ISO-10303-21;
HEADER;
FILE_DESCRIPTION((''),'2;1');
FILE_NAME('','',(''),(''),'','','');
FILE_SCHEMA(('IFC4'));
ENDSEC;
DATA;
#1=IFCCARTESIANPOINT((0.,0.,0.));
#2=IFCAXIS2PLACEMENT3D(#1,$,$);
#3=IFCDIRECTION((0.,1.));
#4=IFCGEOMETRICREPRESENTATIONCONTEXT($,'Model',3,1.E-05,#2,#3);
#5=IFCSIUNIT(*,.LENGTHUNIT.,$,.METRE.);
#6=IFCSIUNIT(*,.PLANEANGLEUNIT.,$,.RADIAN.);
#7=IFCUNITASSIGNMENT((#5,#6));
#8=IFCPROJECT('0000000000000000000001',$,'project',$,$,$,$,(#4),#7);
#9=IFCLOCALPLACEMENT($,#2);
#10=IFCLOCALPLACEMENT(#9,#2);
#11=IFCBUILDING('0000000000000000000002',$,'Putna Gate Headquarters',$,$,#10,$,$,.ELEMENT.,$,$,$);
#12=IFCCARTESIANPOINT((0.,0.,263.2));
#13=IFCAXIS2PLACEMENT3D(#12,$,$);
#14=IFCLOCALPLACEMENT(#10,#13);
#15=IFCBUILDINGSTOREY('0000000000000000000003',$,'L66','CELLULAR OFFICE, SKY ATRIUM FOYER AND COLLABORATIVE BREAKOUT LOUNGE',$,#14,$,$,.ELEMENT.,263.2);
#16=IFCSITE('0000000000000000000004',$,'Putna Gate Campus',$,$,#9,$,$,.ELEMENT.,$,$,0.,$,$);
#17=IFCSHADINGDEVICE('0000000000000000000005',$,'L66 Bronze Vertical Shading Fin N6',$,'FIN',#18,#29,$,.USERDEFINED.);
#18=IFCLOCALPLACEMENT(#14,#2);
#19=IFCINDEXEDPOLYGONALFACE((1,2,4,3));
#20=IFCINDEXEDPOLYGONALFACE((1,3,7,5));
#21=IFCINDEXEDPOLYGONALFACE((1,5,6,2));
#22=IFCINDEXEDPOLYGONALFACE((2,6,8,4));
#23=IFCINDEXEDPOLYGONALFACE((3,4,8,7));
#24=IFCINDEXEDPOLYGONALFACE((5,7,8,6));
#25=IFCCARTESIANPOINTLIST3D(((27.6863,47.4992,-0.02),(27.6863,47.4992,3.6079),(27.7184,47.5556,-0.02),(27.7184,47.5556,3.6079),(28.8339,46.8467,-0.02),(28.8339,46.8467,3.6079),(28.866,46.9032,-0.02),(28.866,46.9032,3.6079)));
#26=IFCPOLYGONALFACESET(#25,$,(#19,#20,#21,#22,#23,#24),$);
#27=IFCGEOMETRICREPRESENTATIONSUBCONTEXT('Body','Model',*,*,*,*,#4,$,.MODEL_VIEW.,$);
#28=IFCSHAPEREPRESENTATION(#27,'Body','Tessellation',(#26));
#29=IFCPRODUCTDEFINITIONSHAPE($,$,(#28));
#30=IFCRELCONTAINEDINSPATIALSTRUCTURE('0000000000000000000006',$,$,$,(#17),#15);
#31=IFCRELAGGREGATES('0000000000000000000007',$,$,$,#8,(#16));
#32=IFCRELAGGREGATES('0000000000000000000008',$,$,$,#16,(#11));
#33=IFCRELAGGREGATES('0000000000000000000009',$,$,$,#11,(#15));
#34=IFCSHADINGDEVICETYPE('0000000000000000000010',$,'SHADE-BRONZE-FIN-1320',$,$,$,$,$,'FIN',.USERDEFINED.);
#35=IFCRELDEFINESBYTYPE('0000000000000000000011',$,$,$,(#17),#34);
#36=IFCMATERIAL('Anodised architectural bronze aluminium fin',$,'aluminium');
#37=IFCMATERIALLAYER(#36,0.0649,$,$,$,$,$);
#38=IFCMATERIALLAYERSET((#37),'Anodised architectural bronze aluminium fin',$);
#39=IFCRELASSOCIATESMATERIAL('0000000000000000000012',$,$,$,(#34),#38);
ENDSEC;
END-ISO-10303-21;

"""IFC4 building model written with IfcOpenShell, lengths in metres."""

from ifc_helpers import new_model, si_unit, direction, frame, origin, origin_2d, place, context, subcontext, project, spatial, rectangle, extrude, material, layer, layer_set, type_object, element, save


model = new_model("IFC4")

# Units and contexts
model_context = context("Model", 3, precision=1e-05, world=origin(), true_north=direction((0.0, 1.0)))
body_context = subcontext(model_context, "Body", "Model", "MODEL_VIEW")
ifc_project = project(units=[si_unit("LENGTHUNIT", "METRE"), si_unit("PLANEANGLEUNIT", "RADIAN")], contexts=[model_context])

# Site, building, storey
site_placement = place(None, origin())
site = spatial("IfcSite", under=ifc_project, at=site_placement, Name="Putna Gate Campus", CompositionType="ELEMENT", RefElevation=0.0)
building_placement = place(site_placement, origin())
building = spatial("IfcBuilding", under=site, at=building_placement, Name="Putna Gate Headquarters", CompositionType="ELEMENT")
storey_placement = place(building_placement, frame((0.0, 0.0, 263.2)))
storey = spatial("IfcBuildingStorey", under=building, at=storey_placement, Name="L66", Description="CELLULAR OFFICE, SKY ATRIUM FOYER AND COLLABORATIVE BREAKOUT LOUNGE", CompositionType="ELEMENT", Elevation=263.2)

# Shading device
ifc_material_1 = material(Name="Anodised architectural bronze aluminium fin", Category="aluminium")
ifc_layer_1 = layer(ifc_material_1, 0.0649)
ifc_layer_set_1 = layer_set([ifc_layer_1], Name="Anodised architectural bronze aluminium fin")
shading_device_type = type_object("IfcShadingDeviceType", Name="SHADE-BRONZE-FIN-1320", ElementType="FIN", PredefinedType="USERDEFINED", material=ifc_layer_set_1)
for number, where, z_axis, x_axis, name in (
    (1, (28.2761, 47.2012, -0.02), (0.0, 0.0, 1.0), (-0.869322, 0.494245, 0.0), "L66 Bronze Vertical Shading Fin N6"),
):
    element("IfcShadingDevice", number, at=place(storey_placement, frame(where, z_axis=z_axis, x_axis=x_axis)), inside=storey, type_object=shading_device_type, Name=name, ObjectType="FIN", PredefinedType="USERDEFINED", context=body_context, shape_type="SweptSolid", body=[
        extrude(rectangle(XDim=1.3201, YDim=0.0649, at=origin_2d()), origin(), (0.0, 0.0, 1.0), 3.6279),
    ])

save(model, "model.ifc")
